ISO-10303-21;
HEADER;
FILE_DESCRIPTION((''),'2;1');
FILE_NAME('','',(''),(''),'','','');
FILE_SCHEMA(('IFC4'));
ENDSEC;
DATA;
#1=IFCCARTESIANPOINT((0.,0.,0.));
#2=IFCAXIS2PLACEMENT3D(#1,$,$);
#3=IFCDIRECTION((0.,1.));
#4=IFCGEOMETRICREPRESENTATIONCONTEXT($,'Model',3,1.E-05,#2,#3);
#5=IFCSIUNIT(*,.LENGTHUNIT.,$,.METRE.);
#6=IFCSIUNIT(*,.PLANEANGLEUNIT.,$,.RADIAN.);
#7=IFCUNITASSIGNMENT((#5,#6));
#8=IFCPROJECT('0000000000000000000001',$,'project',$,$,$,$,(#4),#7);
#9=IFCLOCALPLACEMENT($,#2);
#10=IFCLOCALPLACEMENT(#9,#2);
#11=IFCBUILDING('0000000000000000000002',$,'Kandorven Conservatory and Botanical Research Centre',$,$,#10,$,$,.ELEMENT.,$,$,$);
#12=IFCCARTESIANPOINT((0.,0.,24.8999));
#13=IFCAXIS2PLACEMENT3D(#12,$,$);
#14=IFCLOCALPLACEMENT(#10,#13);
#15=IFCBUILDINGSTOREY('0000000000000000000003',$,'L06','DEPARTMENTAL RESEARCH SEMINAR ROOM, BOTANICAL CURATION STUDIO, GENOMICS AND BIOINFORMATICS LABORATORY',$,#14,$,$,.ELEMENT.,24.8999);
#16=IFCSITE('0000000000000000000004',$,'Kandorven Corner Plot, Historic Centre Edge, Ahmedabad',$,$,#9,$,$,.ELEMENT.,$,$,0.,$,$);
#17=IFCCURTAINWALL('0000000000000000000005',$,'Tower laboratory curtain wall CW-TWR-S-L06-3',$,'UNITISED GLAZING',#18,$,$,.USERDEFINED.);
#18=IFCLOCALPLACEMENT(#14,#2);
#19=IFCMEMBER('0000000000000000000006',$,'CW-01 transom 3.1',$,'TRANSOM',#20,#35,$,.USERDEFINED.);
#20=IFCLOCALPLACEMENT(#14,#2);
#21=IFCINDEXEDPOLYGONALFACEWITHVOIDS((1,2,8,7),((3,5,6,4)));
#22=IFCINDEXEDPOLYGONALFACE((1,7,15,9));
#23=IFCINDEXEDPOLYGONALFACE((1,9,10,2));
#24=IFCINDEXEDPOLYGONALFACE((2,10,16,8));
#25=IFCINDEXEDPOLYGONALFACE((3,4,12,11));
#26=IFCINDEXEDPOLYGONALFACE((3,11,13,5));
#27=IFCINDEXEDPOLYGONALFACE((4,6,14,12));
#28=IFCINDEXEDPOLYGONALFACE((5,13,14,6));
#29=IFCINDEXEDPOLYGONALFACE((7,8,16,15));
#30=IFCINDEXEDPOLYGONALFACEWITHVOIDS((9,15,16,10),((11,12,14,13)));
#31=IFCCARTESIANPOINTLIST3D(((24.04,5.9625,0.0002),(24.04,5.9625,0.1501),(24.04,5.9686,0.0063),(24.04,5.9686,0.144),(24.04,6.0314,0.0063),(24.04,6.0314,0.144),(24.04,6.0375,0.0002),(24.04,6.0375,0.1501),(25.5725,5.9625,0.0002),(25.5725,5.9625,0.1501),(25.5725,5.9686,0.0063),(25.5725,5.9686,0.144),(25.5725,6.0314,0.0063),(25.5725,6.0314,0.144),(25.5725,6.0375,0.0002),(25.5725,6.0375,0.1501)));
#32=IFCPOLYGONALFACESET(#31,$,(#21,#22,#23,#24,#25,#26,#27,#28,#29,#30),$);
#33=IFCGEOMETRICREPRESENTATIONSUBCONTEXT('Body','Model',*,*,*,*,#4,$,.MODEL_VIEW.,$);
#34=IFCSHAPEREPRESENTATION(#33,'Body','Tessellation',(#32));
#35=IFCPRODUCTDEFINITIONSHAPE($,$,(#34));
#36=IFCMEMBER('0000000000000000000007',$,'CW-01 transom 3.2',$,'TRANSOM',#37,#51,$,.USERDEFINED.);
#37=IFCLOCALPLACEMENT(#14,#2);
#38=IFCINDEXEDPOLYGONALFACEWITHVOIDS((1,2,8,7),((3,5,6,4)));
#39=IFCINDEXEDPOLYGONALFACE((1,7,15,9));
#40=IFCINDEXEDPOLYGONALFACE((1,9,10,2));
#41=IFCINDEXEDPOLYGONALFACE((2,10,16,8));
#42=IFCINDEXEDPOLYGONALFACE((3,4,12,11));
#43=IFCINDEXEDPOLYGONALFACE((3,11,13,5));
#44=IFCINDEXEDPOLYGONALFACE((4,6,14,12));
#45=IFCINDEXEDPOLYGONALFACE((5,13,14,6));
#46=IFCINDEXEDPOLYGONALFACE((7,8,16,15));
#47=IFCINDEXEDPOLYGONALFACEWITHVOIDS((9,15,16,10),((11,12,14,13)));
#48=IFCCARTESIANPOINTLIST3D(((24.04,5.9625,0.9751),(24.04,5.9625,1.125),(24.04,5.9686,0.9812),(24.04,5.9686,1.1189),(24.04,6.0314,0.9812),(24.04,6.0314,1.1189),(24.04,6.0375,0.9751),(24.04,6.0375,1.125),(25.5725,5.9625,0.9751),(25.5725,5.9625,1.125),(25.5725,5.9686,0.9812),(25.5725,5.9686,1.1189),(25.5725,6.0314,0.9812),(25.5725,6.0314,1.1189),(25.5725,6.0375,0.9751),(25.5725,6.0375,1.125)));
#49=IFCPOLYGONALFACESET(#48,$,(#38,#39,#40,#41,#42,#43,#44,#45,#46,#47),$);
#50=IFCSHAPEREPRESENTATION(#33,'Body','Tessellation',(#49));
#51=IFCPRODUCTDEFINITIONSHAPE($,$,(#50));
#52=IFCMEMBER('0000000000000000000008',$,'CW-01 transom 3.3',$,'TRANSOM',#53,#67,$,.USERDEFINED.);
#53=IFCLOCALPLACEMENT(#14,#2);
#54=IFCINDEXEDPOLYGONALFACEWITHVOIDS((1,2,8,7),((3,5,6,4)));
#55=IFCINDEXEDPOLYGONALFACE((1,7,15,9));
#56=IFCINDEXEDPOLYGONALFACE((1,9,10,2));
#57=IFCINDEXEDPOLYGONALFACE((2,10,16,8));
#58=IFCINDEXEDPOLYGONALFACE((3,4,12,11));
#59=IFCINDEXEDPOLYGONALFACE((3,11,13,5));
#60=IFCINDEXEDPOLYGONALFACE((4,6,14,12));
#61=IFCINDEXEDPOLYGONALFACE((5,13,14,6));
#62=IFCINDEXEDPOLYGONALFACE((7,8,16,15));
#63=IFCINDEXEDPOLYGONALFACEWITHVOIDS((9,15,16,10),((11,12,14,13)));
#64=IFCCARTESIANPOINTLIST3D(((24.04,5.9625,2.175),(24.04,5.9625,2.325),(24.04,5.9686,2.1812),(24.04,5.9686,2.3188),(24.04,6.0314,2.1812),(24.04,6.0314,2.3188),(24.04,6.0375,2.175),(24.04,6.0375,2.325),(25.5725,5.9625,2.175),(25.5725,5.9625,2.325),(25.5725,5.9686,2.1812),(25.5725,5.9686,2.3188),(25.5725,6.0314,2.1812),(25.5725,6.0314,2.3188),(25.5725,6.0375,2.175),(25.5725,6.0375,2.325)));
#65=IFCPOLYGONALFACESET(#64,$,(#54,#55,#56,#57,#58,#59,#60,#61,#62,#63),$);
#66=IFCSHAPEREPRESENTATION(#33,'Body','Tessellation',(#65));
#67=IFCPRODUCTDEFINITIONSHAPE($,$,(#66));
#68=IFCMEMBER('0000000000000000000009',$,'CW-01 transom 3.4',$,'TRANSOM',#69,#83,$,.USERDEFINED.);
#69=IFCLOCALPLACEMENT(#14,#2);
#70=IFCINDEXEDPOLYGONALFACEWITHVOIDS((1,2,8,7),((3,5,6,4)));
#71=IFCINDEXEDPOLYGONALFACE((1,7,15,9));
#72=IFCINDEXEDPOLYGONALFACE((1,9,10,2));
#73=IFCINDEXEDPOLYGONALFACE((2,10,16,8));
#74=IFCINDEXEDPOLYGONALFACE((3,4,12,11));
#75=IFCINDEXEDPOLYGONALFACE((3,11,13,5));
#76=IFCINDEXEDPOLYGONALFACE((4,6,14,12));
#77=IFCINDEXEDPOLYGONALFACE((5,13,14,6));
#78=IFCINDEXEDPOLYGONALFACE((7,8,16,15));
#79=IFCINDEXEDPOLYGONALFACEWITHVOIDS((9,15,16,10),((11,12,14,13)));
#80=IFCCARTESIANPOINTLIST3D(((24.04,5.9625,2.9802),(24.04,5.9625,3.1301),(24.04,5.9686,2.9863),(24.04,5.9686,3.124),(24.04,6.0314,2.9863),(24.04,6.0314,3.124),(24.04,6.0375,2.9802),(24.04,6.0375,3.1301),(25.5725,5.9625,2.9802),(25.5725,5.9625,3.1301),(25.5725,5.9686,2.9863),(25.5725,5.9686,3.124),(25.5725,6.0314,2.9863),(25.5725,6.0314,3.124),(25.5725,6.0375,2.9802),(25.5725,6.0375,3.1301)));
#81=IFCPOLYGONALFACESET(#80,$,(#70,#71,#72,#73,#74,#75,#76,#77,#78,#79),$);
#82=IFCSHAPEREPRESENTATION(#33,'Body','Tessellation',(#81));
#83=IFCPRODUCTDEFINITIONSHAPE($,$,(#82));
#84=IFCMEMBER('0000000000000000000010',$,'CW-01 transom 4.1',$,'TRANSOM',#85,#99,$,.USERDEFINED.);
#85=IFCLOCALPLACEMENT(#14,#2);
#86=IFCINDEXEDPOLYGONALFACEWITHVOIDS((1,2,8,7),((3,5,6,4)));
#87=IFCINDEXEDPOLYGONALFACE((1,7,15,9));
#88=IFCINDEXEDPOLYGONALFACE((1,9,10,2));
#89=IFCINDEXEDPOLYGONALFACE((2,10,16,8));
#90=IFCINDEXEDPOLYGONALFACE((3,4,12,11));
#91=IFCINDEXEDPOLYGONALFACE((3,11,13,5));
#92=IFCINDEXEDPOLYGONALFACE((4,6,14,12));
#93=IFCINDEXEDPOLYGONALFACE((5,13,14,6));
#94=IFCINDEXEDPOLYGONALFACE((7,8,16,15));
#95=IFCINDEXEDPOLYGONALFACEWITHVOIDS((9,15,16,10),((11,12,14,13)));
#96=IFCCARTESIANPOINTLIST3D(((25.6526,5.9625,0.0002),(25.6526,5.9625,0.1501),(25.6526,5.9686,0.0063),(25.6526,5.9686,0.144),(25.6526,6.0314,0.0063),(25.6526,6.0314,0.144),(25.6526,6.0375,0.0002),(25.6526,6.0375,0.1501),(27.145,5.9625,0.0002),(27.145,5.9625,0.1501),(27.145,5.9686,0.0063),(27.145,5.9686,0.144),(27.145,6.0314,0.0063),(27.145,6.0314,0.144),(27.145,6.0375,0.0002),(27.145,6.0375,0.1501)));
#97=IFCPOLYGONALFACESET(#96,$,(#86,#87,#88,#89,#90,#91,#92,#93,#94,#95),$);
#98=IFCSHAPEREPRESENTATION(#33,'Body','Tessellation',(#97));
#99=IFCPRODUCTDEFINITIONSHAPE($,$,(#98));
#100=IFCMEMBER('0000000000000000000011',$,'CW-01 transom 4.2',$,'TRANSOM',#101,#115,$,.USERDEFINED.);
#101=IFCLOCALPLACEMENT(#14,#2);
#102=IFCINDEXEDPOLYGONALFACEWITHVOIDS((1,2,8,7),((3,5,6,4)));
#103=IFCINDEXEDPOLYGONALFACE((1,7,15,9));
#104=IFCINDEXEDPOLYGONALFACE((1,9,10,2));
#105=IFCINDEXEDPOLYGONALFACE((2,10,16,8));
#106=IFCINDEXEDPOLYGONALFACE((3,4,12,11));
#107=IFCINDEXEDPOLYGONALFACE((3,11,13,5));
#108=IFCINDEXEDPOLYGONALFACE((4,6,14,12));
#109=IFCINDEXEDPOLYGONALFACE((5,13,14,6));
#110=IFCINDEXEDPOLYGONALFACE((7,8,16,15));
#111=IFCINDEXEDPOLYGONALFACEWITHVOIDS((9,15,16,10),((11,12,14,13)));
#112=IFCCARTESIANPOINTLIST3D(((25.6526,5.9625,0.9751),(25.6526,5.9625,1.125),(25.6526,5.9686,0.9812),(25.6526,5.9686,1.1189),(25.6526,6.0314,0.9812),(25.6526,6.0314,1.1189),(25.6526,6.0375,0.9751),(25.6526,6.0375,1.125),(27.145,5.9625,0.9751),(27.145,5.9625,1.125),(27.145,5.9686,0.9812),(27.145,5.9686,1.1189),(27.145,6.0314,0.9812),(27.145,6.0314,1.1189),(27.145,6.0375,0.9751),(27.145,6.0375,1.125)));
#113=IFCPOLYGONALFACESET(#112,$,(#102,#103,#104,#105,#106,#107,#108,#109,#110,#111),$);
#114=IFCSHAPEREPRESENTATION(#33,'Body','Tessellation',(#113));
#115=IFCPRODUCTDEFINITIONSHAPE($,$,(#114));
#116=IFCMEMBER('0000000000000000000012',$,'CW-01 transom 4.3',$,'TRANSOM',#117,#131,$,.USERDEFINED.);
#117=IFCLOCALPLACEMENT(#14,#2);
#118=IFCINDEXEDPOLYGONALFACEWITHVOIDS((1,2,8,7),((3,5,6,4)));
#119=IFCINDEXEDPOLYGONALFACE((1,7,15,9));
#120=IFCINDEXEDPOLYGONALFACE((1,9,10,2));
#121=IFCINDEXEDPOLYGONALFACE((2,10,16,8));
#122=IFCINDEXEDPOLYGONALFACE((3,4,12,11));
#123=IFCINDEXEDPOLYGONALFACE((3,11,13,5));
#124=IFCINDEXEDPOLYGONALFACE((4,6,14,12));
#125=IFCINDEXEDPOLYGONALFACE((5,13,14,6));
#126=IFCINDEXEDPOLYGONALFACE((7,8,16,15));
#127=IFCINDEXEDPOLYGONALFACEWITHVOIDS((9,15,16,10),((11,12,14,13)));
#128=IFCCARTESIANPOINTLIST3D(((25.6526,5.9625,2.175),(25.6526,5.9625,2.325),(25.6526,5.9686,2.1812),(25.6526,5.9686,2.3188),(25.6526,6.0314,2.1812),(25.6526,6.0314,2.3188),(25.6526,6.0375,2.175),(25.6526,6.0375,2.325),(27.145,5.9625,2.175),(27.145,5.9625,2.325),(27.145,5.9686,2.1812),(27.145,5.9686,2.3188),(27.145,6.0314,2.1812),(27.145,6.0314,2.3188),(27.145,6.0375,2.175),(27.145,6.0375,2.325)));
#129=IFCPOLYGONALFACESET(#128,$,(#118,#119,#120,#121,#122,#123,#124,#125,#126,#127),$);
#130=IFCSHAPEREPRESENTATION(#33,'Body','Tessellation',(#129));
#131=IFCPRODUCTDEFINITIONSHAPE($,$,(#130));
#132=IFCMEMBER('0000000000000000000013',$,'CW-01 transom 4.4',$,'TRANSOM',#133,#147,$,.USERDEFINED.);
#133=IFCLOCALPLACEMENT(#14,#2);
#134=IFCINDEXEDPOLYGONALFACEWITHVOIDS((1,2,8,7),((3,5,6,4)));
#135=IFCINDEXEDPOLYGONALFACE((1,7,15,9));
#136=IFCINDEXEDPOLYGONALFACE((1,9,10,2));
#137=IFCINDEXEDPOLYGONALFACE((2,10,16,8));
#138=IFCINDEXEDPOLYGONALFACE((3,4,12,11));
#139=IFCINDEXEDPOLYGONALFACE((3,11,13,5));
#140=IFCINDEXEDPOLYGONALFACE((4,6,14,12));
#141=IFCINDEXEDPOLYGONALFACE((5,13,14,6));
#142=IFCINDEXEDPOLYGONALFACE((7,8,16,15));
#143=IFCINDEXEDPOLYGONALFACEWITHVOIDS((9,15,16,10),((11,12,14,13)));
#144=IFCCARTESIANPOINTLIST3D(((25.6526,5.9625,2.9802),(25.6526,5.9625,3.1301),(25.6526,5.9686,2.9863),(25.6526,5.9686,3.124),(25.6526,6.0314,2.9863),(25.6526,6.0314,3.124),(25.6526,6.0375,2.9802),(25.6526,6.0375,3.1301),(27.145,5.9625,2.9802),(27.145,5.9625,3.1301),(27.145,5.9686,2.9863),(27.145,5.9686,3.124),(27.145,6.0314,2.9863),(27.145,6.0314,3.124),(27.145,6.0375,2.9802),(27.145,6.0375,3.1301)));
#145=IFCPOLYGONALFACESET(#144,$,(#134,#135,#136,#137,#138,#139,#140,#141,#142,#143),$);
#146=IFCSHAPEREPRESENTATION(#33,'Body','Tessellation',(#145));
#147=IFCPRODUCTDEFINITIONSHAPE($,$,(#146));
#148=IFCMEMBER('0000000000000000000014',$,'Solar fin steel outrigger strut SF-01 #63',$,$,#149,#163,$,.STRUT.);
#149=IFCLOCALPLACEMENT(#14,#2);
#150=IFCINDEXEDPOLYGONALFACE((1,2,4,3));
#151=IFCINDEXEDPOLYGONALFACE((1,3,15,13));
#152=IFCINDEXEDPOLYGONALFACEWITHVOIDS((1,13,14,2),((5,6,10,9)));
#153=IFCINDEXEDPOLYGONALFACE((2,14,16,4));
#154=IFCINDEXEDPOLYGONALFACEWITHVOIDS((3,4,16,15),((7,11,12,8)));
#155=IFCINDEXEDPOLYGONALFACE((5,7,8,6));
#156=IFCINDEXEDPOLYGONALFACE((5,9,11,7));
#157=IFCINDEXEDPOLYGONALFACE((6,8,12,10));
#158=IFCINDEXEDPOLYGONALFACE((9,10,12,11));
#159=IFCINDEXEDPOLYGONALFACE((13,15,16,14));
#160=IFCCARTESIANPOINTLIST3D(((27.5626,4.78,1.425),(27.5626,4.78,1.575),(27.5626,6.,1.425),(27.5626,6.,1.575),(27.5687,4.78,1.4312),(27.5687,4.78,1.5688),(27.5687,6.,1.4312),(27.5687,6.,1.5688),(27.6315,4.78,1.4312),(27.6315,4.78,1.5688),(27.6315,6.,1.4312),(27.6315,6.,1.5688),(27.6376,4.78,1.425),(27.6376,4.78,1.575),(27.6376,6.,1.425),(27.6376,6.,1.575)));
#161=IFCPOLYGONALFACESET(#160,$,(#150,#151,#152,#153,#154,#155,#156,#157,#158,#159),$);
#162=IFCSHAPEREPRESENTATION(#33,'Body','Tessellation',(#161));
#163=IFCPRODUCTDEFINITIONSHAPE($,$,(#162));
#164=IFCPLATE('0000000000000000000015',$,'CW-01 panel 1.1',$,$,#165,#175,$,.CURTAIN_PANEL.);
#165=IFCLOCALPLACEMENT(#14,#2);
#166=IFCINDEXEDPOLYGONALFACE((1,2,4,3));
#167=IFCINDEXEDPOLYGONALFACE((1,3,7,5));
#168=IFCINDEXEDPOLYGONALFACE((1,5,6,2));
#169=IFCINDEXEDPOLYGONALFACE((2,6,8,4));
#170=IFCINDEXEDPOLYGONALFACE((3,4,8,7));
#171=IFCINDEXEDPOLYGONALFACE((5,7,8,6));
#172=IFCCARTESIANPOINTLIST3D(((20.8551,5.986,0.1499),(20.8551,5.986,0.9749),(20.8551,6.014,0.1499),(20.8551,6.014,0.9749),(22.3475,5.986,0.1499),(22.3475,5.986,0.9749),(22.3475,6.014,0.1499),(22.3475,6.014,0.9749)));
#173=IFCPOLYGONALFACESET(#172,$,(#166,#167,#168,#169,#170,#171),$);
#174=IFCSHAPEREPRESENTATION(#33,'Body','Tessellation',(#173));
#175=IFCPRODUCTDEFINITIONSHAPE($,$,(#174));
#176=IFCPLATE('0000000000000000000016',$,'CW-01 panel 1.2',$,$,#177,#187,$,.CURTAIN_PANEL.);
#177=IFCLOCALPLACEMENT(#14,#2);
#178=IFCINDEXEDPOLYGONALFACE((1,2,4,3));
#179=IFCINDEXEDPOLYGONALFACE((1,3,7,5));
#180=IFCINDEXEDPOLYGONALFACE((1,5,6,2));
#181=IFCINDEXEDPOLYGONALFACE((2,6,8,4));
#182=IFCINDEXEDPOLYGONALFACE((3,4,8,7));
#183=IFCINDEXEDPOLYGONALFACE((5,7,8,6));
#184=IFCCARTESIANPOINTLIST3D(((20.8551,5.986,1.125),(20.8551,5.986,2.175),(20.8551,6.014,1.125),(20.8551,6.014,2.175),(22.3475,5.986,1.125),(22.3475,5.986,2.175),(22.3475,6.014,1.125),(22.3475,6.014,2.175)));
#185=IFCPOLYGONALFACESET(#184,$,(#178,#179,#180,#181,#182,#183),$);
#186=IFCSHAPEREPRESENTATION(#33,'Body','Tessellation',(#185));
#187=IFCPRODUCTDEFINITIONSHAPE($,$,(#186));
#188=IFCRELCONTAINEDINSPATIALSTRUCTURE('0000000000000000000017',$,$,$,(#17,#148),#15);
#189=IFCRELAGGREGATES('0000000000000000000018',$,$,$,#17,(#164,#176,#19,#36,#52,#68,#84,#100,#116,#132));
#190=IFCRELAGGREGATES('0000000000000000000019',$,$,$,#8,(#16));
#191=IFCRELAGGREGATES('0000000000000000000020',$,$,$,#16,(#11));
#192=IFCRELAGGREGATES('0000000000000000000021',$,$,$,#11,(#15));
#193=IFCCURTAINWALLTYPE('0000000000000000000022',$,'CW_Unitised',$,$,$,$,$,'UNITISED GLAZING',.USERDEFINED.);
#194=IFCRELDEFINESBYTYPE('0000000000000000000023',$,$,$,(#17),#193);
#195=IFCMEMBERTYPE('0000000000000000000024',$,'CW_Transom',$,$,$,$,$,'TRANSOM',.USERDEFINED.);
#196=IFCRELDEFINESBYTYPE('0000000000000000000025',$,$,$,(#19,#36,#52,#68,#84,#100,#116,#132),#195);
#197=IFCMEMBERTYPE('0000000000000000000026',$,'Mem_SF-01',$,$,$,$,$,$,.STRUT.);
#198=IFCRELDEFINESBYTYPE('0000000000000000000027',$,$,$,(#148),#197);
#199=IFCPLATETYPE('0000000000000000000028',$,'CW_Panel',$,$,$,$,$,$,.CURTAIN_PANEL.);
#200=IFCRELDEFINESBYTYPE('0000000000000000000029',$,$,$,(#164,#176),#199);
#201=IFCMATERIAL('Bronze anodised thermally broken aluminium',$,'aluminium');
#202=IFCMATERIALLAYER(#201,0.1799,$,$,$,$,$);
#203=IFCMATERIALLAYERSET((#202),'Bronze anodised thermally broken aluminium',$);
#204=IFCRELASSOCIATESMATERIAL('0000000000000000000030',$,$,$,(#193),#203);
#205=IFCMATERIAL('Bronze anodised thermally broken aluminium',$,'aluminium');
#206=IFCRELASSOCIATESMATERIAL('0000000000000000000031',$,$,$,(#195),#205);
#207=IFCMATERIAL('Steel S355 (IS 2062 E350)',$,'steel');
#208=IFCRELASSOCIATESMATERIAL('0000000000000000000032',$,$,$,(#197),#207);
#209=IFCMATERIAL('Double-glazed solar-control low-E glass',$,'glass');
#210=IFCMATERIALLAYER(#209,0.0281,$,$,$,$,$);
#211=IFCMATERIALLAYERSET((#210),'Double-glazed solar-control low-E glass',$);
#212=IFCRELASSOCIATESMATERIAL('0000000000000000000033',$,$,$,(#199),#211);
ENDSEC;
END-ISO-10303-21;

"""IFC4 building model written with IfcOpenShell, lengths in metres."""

from ifc_helpers import new_model, si_unit, direction, frame, origin, origin_2d, place, context, subcontext, project, spatial, rectangle, hollow_rectangle, extrude, material, layer, layer_set, material_profile, profile_set, type_object, element, aggregate, save


model = new_model("IFC4")

# Units and contexts
model_context = context("Model", 3, precision=1e-05, world=origin(), true_north=direction((0.0, 1.0)))
body_context = subcontext(model_context, "Body", "Model", "MODEL_VIEW")
ifc_project = project(units=[si_unit("LENGTHUNIT", "METRE"), si_unit("PLANEANGLEUNIT", "RADIAN")], contexts=[model_context])

# Site, building, storey
site_placement = place(None, origin())
site = spatial("IfcSite", under=ifc_project, at=site_placement, Name="Kandorven Corner Plot, Historic Centre Edge, Ahmedabad", CompositionType="ELEMENT", RefElevation=0.0)
building_placement = place(site_placement, origin())
building = spatial("IfcBuilding", under=site, at=building_placement, Name="Kandorven Conservatory and Botanical Research Centre", CompositionType="ELEMENT")
storey_placement = place(building_placement, frame((0.0, 0.0, 24.8999)))
storey = spatial("IfcBuildingStorey", under=building, at=storey_placement, Name="L06", Description="DEPARTMENTAL RESEARCH SEMINAR ROOM, BOTANICAL CURATION STUDIO, GENOMICS AND BIOINFORMATICS LABORATORY", CompositionType="ELEMENT", Elevation=24.8999)

# Curtain wall, members
ifc_material_1 = material(Name="Bronze anodised thermally broken aluminium", Category="aluminium")
ifc_layer_1 = layer(ifc_material_1, 0.1799)
ifc_layer_set_1 = layer_set([ifc_layer_1], Name="Bronze anodised thermally broken aluminium")
curtain_wall_type = type_object("IfcCurtainWallType", Name="CW_Unitised", ElementType="UNITISED GLAZING", PredefinedType="USERDEFINED", material=ifc_layer_set_1)
curtain_wall_placement = place(storey_placement, origin())
curtain_wall = element("IfcCurtainWall", 1, at=curtain_wall_placement, inside=storey, type_object=curtain_wall_type, Name="Tower laboratory curtain wall CW-TWR-S-L06-3", ObjectType="UNITISED GLAZING", PredefinedType="USERDEFINED")
ifc_material_2 = material(Name="Bronze anodised thermally broken aluminium", Category="aluminium")
ifc_material_profile_1 = material_profile(ifc_material_2, hollow_rectangle(XDim=0.075, YDim=0.1499, WallThickness=0.0061, at=origin_2d()))
ifc_profile_set_1 = profile_set([ifc_material_profile_1], Name="Bronze anodised thermally broken aluminium")
member_type_1 = type_object("IfcMemberType", Name="CW_Transom", ElementType="TRANSOM", PredefinedType="USERDEFINED", material=ifc_profile_set_1)
member_1_placement = place(storey_placement, frame((24.04, 6.0, 0.0752), z_axis=(1.0, 0.0, 0.0), x_axis=(0.0, 1.0, 0.0)))
member_1 = element("IfcMember", 2, at=member_1_placement, type_object=member_type_1, Name="CW-01 transom 3.1", ObjectType="TRANSOM", PredefinedType="USERDEFINED", context=body_context, shape_type="SweptSolid", body=[
    extrude(hollow_rectangle(XDim=0.075, YDim=0.1499, WallThickness=0.0061, at=origin_2d()), origin(), (0.0, 0.0, 1.0), 1.5325),
])
member_2_placement = place(storey_placement, frame((24.04, 6.0, 1.05), z_axis=(1.0, 0.0, 0.0), x_axis=(0.0, 1.0, 0.0)))
member_2 = element("IfcMember", 3, at=member_2_placement, type_object=member_type_1, Name="CW-01 transom 3.2", ObjectType="TRANSOM", PredefinedType="USERDEFINED", context=body_context, shape_type="SweptSolid", body=[
    extrude(hollow_rectangle(XDim=0.075, YDim=0.1499, WallThickness=0.0061, at=origin_2d()), origin(), (0.0, 0.0, 1.0), 1.5325),
])
member_3_placement = place(storey_placement, frame((24.04, 6.0, 2.25), z_axis=(1.0, 0.0, 0.0), x_axis=(0.0, 1.0, 0.0)))
member_3 = element("IfcMember", 4, at=member_3_placement, type_object=member_type_1, Name="CW-01 transom 3.3", ObjectType="TRANSOM", PredefinedType="USERDEFINED", context=body_context, shape_type="SweptSolid", body=[
    extrude(hollow_rectangle(XDim=0.075, YDim=0.1499, WallThickness=0.0061, at=origin_2d()), origin(), (0.0, 0.0, 1.0), 1.5325),
])
member_4_placement = place(storey_placement, frame((24.04, 6.0, 3.0552), z_axis=(1.0, 0.0, 0.0), x_axis=(0.0, 1.0, 0.0)))
member_4 = element("IfcMember", 5, at=member_4_placement, type_object=member_type_1, Name="CW-01 transom 3.4", ObjectType="TRANSOM", PredefinedType="USERDEFINED", context=body_context, shape_type="SweptSolid", body=[
    extrude(hollow_rectangle(XDim=0.075, YDim=0.1499, WallThickness=0.0061, at=origin_2d()), origin(), (0.0, 0.0, 1.0), 1.5325),
])
member_5_placement = place(storey_placement, frame((25.6526, 6.0, 0.0752), z_axis=(1.0, 0.0, 0.0), x_axis=(0.0, 1.0, 0.0)))
member_5 = element("IfcMember", 6, at=member_5_placement, type_object=member_type_1, Name="CW-01 transom 4.1", ObjectType="TRANSOM", PredefinedType="USERDEFINED", context=body_context, shape_type="SweptSolid", body=[
    extrude(hollow_rectangle(XDim=0.075, YDim=0.1499, WallThickness=0.0061, at=origin_2d()), origin(), (0.0, 0.0, 1.0), 1.4924),
])
member_6_placement = place(storey_placement, frame((25.6526, 6.0, 1.05), z_axis=(1.0, 0.0, 0.0), x_axis=(0.0, 1.0, 0.0)))
member_6 = element("IfcMember", 7, at=member_6_placement, type_object=member_type_1, Name="CW-01 transom 4.2", ObjectType="TRANSOM", PredefinedType="USERDEFINED", context=body_context, shape_type="SweptSolid", body=[
    extrude(hollow_rectangle(XDim=0.075, YDim=0.1499, WallThickness=0.0061, at=origin_2d()), origin(), (0.0, 0.0, 1.0), 1.4924),
])
member_7_placement = place(storey_placement, frame((25.6526, 6.0, 2.25), z_axis=(1.0, 0.0, 0.0), x_axis=(0.0, 1.0, 0.0)))
member_7 = element("IfcMember", 8, at=member_7_placement, type_object=member_type_1, Name="CW-01 transom 4.3", ObjectType="TRANSOM", PredefinedType="USERDEFINED", context=body_context, shape_type="SweptSolid", body=[
    extrude(hollow_rectangle(XDim=0.075, YDim=0.1499, WallThickness=0.0061, at=origin_2d()), origin(), (0.0, 0.0, 1.0), 1.4924),
])
member_8_placement = place(storey_placement, frame((25.6526, 6.0, 3.0552), z_axis=(1.0, 0.0, 0.0), x_axis=(0.0, 1.0, 0.0)))
member_8 = element("IfcMember", 9, at=member_8_placement, type_object=member_type_1, Name="CW-01 transom 4.4", ObjectType="TRANSOM", PredefinedType="USERDEFINED", context=body_context, shape_type="SweptSolid", body=[
    extrude(hollow_rectangle(XDim=0.075, YDim=0.1499, WallThickness=0.0061, at=origin_2d()), origin(), (0.0, 0.0, 1.0), 1.4924),
])

# Member
ifc_material_3 = material(Name="Steel S355 (IS 2062 E350)", Category="steel")
ifc_material_profile_2 = material_profile(ifc_material_3, hollow_rectangle(XDim=0.075, YDim=0.1499, WallThickness=0.0061, at=origin_2d()))
ifc_profile_set_2 = profile_set([ifc_material_profile_2], Name="Steel S355 (IS 2062 E350)")
member_type_2 = type_object("IfcMemberType", Name="Mem_SF-01", PredefinedType="STRUT", material=ifc_profile_set_2)
member_9_placement = place(storey_placement, frame((27.6001, 6.0, 1.5), z_axis=(0.0, -1.0, 0.0), x_axis=(1.0, 0.0, 0.0)))
element("IfcMember", 10, at=member_9_placement, inside=storey, type_object=member_type_2, Name="Solar fin steel outrigger strut SF-01 #63", PredefinedType="STRUT", context=body_context, shape_type="SweptSolid", body=[
    extrude(hollow_rectangle(XDim=0.075, YDim=0.1499, WallThickness=0.0061, at=origin_2d()), origin(), (0.0, 0.0, 1.0), 1.22),
])

# Plates
ifc_material_4 = material(Name="Double-glazed solar-control low-E glass", Category="glass")
ifc_layer_2 = layer(ifc_material_4, 0.0281)
ifc_layer_set_2 = layer_set([ifc_layer_2], Name="Double-glazed solar-control low-E glass")
plate_type_1 = type_object("IfcPlateType", Name="CW_Panel", PredefinedType="CURTAIN_PANEL", material=ifc_layer_set_2)
plate_1_placement = place(storey_placement, frame((21.6013, 6.0, 0.1499), z_axis=(0.0, 0.0, 1.0), x_axis=(1.0, 0.0, 0.0)))
plate_1 = element("IfcPlate", 11, at=plate_1_placement, type_object=plate_type_1, Name="CW-01 panel 1.1", PredefinedType="CURTAIN_PANEL", context=body_context, shape_type="SweptSolid", body=[
    extrude(rectangle(XDim=1.4924, YDim=0.0281, at=origin_2d()), origin(), (0.0, 0.0, 1.0), 0.825),
])
plate_2_placement = place(storey_placement, frame((21.6013, 6.0, 1.125), z_axis=(0.0, 0.0, 1.0), x_axis=(1.0, 0.0, 0.0)))
plate_2 = element("IfcPlate", 12, at=plate_2_placement, type_object=plate_type_1, Name="CW-01 panel 1.2", PredefinedType="CURTAIN_PANEL", context=body_context, shape_type="SweptSolid", body=[
    extrude(rectangle(XDim=1.4924, YDim=0.0281, at=origin_2d()), origin(), (0.0, 0.0, 1.0), 1.05),
])
aggregate(curtain_wall, [plate_1, plate_2, member_1, member_2, member_3, member_4, member_5, member_6, member_7, member_8])

save(model, "model.ifc")
